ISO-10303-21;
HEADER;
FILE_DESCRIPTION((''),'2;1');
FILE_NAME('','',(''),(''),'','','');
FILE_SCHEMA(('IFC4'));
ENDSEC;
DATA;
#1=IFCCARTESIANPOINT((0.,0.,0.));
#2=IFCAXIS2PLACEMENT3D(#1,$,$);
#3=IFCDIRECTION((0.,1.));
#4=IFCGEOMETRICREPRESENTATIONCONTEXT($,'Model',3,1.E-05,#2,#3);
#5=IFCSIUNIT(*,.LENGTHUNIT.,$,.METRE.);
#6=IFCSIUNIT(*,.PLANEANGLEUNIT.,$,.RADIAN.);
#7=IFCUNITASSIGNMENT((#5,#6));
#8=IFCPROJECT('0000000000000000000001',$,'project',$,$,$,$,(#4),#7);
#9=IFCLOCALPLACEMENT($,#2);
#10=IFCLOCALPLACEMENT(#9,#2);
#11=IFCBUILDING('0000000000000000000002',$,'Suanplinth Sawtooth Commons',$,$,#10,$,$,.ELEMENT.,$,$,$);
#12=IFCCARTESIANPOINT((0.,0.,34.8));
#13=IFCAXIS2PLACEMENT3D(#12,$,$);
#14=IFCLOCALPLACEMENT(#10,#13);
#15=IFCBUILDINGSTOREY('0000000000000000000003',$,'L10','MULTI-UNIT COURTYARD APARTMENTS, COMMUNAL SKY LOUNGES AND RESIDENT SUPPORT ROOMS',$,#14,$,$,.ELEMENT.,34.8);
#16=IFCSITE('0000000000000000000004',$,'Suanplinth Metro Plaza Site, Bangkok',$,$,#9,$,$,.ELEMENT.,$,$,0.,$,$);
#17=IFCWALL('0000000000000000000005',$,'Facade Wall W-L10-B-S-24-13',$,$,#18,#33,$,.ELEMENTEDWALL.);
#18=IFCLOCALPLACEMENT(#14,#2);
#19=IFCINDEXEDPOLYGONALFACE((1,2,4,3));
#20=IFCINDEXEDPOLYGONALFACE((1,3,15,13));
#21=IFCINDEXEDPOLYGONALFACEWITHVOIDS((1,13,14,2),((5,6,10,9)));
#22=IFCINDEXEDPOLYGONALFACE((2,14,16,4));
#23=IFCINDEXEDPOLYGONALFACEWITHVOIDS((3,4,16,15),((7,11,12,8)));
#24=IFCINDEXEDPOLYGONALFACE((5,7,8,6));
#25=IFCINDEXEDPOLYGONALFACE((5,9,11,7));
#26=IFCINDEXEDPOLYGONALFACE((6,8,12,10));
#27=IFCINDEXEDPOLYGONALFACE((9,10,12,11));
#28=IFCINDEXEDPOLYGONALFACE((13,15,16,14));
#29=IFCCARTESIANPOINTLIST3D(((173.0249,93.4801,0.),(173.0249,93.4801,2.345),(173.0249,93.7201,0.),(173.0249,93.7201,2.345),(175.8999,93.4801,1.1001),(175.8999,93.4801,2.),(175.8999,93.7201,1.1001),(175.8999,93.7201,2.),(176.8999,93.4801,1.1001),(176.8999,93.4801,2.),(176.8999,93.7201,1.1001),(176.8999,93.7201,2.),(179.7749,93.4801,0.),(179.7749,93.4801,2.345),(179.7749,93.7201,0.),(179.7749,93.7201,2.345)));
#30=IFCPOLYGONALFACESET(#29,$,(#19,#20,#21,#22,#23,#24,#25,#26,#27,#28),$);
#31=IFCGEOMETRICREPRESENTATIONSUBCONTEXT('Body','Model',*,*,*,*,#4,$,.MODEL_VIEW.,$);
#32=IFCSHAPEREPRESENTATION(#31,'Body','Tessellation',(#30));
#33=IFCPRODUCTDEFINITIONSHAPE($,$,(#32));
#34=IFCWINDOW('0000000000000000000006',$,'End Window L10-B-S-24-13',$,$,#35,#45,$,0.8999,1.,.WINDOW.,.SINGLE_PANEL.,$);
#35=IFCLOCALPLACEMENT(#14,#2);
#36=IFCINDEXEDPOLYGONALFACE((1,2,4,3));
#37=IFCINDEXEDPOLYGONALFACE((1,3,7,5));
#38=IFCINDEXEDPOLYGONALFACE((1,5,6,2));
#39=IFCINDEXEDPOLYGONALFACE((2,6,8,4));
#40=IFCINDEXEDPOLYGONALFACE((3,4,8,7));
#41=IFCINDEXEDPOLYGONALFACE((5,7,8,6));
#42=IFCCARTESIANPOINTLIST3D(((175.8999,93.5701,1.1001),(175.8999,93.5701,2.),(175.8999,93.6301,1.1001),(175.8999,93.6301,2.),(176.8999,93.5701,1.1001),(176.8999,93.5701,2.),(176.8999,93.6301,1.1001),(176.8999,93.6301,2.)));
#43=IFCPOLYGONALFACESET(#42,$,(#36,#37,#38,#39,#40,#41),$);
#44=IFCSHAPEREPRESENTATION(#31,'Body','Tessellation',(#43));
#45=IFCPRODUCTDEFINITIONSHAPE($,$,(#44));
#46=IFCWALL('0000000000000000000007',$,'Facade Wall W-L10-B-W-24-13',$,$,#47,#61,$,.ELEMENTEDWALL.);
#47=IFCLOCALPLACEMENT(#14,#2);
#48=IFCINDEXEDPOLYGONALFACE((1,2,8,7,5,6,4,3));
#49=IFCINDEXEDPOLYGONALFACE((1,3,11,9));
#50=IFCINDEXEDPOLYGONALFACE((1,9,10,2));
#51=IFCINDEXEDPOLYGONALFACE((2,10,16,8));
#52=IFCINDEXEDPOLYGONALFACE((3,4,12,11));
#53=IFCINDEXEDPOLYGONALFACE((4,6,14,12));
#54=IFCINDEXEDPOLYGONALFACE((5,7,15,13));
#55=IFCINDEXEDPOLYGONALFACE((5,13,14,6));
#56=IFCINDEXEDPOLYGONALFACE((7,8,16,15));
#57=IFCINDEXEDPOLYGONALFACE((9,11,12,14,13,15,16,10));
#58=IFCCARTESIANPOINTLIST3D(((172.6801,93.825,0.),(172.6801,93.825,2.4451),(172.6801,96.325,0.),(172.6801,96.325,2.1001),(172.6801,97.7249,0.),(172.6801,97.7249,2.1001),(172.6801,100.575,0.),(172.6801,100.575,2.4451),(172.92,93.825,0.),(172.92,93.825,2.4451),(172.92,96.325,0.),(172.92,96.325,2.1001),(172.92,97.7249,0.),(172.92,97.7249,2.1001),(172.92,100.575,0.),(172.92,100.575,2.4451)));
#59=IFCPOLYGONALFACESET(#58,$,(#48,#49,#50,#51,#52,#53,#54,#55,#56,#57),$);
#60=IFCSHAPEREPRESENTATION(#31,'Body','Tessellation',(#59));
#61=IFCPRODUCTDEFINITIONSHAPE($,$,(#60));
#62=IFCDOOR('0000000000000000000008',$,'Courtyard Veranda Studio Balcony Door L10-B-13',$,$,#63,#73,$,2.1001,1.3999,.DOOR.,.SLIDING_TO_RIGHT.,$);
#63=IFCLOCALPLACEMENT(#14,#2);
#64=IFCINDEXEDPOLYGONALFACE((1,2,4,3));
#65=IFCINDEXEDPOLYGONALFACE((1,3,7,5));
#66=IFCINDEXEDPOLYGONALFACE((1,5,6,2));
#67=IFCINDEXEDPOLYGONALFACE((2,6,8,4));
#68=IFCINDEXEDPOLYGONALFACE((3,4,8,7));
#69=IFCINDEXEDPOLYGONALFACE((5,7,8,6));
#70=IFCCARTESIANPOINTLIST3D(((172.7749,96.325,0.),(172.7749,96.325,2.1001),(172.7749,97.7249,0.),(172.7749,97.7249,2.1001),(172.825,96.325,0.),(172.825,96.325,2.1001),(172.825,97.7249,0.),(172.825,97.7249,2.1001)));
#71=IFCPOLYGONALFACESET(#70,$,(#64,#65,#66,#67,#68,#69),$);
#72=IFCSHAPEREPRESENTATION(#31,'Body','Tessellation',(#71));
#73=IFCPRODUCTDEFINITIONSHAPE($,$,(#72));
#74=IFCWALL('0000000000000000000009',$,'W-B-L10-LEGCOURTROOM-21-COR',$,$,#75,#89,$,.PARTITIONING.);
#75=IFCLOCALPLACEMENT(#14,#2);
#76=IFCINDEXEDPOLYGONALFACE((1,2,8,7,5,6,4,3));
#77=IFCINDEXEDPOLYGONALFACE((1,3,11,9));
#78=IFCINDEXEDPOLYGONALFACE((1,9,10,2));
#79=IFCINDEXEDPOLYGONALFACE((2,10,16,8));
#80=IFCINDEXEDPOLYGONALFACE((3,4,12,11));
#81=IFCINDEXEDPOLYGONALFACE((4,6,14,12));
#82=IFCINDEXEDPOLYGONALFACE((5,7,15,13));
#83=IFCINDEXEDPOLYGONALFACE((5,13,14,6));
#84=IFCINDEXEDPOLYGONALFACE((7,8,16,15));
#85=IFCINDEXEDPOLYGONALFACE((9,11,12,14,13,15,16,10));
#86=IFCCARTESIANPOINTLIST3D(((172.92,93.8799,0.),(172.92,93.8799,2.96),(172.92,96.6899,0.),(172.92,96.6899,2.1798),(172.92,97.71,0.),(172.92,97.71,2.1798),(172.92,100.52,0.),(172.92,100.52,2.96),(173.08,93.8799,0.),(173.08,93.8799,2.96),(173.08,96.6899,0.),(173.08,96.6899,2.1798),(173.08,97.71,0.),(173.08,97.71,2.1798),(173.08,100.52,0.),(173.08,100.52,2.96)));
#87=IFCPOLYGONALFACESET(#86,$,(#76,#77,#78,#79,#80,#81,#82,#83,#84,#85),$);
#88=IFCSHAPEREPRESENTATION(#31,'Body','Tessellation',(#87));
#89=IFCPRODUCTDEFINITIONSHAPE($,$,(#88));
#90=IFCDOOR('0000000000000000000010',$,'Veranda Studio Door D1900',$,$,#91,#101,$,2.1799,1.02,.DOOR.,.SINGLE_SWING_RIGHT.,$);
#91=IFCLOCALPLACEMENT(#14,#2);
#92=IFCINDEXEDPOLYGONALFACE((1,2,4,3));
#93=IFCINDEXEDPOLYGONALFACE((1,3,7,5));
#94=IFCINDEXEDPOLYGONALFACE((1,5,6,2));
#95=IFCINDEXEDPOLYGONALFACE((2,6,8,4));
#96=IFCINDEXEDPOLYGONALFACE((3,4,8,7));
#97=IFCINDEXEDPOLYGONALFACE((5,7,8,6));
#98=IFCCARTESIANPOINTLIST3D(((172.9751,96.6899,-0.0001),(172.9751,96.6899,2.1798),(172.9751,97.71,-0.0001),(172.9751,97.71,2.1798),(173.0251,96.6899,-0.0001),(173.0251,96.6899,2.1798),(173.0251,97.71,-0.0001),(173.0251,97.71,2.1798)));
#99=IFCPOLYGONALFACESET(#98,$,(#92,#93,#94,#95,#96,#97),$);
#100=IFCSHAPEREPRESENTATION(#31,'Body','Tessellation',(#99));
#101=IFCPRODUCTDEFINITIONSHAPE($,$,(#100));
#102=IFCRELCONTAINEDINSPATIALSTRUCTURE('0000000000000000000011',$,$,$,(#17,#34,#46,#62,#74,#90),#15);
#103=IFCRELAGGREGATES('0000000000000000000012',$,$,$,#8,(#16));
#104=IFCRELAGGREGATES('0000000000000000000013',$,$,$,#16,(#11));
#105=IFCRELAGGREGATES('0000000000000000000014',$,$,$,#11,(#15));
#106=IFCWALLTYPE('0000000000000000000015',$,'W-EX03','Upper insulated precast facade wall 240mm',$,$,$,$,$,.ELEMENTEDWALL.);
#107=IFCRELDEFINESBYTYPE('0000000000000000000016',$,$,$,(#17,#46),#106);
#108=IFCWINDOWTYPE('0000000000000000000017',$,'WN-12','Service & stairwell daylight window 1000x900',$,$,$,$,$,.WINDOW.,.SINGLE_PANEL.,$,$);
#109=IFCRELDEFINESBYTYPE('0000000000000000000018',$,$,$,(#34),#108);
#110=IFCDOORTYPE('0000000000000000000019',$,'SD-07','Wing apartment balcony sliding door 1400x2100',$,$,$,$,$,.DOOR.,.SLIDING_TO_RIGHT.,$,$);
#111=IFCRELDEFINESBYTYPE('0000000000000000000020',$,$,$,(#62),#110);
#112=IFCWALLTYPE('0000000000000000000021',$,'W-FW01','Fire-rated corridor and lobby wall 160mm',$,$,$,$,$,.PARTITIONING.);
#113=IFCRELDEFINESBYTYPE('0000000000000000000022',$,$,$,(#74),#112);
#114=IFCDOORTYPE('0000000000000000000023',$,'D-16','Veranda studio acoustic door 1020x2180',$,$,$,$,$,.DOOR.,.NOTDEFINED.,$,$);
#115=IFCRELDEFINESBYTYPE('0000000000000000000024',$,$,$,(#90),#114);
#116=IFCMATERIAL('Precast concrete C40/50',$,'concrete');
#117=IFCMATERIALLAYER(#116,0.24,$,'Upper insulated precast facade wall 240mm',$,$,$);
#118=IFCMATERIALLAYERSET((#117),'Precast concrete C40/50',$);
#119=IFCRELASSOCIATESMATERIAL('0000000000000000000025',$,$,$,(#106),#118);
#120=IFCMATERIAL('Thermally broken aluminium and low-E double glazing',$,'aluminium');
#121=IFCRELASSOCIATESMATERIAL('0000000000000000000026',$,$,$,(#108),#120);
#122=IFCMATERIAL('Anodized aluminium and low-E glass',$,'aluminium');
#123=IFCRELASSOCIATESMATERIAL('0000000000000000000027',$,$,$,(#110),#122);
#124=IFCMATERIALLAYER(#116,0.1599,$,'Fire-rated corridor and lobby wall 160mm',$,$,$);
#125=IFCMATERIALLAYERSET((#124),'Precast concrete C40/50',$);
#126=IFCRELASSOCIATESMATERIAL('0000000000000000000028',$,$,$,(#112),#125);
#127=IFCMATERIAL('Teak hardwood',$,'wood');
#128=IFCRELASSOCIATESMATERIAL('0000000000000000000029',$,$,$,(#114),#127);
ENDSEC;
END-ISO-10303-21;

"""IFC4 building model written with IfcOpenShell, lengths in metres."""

from ifc_helpers import new_model, si_unit, direction, frame, frame_2d, origin, place, context, subcontext, project, spatial, rectangle, extrude, material, layer, layer_set, type_object, element, fill, save


model = new_model("IFC4")

# Units and contexts
model_context = context("Model", 3, precision=1e-05, world=origin(), true_north=direction((0.0, 1.0)))
body_context = subcontext(model_context, "Body", "Model", "MODEL_VIEW")
ifc_project = project(units=[si_unit("LENGTHUNIT", "METRE"), si_unit("PLANEANGLEUNIT", "RADIAN")], contexts=[model_context])

# Site, building, storey
site_placement = place(None, origin())
site = spatial("IfcSite", under=ifc_project, at=site_placement, Name="Suanplinth Metro Plaza Site, Bangkok", CompositionType="ELEMENT", RefElevation=0.0)
building_placement = place(site_placement, origin())
building = spatial("IfcBuilding", under=site, at=building_placement, Name="Suanplinth Sawtooth Commons", CompositionType="ELEMENT")
storey_placement = place(building_placement, frame((0.0, 0.0, 34.8)))
storey = spatial("IfcBuildingStorey", under=building, at=storey_placement, Name="L10", Description="MULTI-UNIT COURTYARD APARTMENTS, COMMUNAL SKY LOUNGES AND RESIDENT SUPPORT ROOMS", CompositionType="ELEMENT", Elevation=34.8)

# Shared definitions
ifc_material_1 = material(Name="Precast concrete C40/50", Category="concrete")

# Wall, opening, window
ifc_layer_1 = layer(ifc_material_1, 0.24, Name="Upper insulated precast facade wall 240mm")
ifc_layer_set_1 = layer_set([ifc_layer_1], Name="Precast concrete C40/50")
wall_type_1 = type_object("IfcWallType", Name="W-EX03", Description="Upper insulated precast facade wall 240mm", PredefinedType="ELEMENTEDWALL", material=ifc_layer_set_1)
wall_1_placement = place(storey_placement, frame((173.0249, 93.6001, 0.0), z_axis=(0.0, 0.0, 1.0), x_axis=(1.0, 0.0, 0.0)))
wall_1 = element("IfcWall", 1, at=wall_1_placement, inside=storey, type_object=wall_type_1, Name="Facade Wall W-L10-B-S-24-13", PredefinedType="ELEMENTEDWALL", context=body_context, shape_type="SweptSolid", body=[
    extrude(rectangle(XDim=6.75, YDim=0.24, at=frame_2d((3.375, 0.0))), origin(), (0.0, 0.0, 1.0), 2.345),
])
opening_1_placement = place(wall_1_placement, frame((2.875, 0.0, 1.1001)))
opening_1 = element("IfcOpeningElement", 2, at=opening_1_placement, cuts=wall_1, PredefinedType="OPENING", context=body_context, shape_type="SweptSolid", body=[
    extrude(rectangle(XDim=1.0, YDim=0.8999, at=frame_2d((0.5, 0.45))), frame((0.0, 0.1348, 0.0), z_axis=(0.0, -1.0, 0.0), x_axis=(1.0, 0.0, 0.0)), (0.0, 0.0, 1.0), 0.2698),
])
ifc_material_2 = material(Name="Thermally broken aluminium and low-E double glazing", Category="aluminium")
window_type = type_object("IfcWindowType", Name="WN-12", Description="Service & stairwell daylight window 1000x900", PartitioningType="SINGLE_PANEL", PredefinedType="WINDOW", material=ifc_material_2)
window_placement = place(opening_1_placement, origin())
window = element("IfcWindow", 3, at=window_placement, inside=storey, type_object=window_type, Name="End Window L10-B-S-24-13", OverallHeight=0.8999, OverallWidth=1.0, PartitioningType="SINGLE_PANEL", PredefinedType="WINDOW", context=body_context, shape_type="SweptSolid", body=[
    extrude(rectangle(XDim=1.0, YDim=0.8999, at=frame_2d((0.5, 0.45))), frame((0.0, 0.03, 0.0), z_axis=(0.0, -1.0, 0.0), x_axis=(1.0, 0.0, 0.0)), (0.0, 0.0, 1.0), 0.0601),
])
fill(opening_1, window)

# Walls, openings, doors
wall_2_placement = place(storey_placement, frame((172.8, 93.825, 0.0), z_axis=(0.0, 0.0, 1.0), x_axis=(0.0, 1.0, 0.0)))
wall_2 = element("IfcWall", 4, at=wall_2_placement, inside=storey, type_object=wall_type_1, Name="Facade Wall W-L10-B-W-24-13", PredefinedType="ELEMENTEDWALL", context=body_context, shape_type="SweptSolid", body=[
    extrude(rectangle(XDim=6.75, YDim=0.24, at=frame_2d((3.375, 0.0))), origin(), (0.0, 0.0, 1.0), 2.4451),
])
opening_2_placement = place(wall_2_placement, frame((2.5, 0.0, 0.0)))
opening_2 = element("IfcOpeningElement", 5, at=opening_2_placement, cuts=wall_2, PredefinedType="OPENING", context=body_context, shape_type="SweptSolid", body=[
    extrude(rectangle(XDim=1.3999, YDim=2.1001, at=frame_2d((0.7, 1.05))), frame((0.0, 0.1348, 0.0), z_axis=(0.0, -1.0, 0.0), x_axis=(1.0, 0.0, 0.0)), (0.0, 0.0, 1.0), 0.2698),
])
ifc_material_3 = material(Name="Anodized aluminium and low-E glass", Category="aluminium")
door_type_1 = type_object("IfcDoorType", Name="SD-07", Description="Wing apartment balcony sliding door 1400x2100", OperationType="SLIDING_TO_RIGHT", PredefinedType="DOOR", material=ifc_material_3)
door_1_placement = place(opening_2_placement, frame((1.3999, 0.0, 0.0), z_axis=(0.0, 0.0, 1.0), x_axis=(-1.0, 0.0, 0.0)))
door_1 = element("IfcDoor", 6, at=door_1_placement, inside=storey, type_object=door_type_1, Name="Courtyard Veranda Studio Balcony Door L10-B-13", OperationType="SLIDING_TO_RIGHT", OverallHeight=2.1001, OverallWidth=1.3999, PredefinedType="DOOR", context=body_context, shape_type="SweptSolid", body=[
    extrude(rectangle(XDim=1.3999, YDim=2.1001, at=frame_2d((0.7, 1.05))), frame((0.0, 0.0249, 0.0), z_axis=(0.0, -1.0, 0.0), x_axis=(1.0, 0.0, 0.0)), (0.0, 0.0, 1.0), 0.05),
])
fill(opening_2, door_1)
ifc_layer_2 = layer(ifc_material_1, 0.1599, Name="Fire-rated corridor and lobby wall 160mm")
ifc_layer_set_2 = layer_set([ifc_layer_2], Name="Precast concrete C40/50")
wall_type_2 = type_object("IfcWallType", Name="W-FW01", Description="Fire-rated corridor and lobby wall 160mm", PredefinedType="PARTITIONING", material=ifc_layer_set_2)
wall_3_placement = place(storey_placement, frame((173.0, 93.8799, 0.0), z_axis=(0.0, 0.0, 1.0), x_axis=(0.0, 1.0, 0.0)))
wall_3 = element("IfcWall", 7, at=wall_3_placement, inside=storey, type_object=wall_type_2, Name="W-B-L10-LEGCOURTROOM-21-COR", PredefinedType="PARTITIONING", context=body_context, shape_type="SweptSolid", body=[
    extrude(rectangle(XDim=6.6401, YDim=0.1599, at=frame_2d((3.3201, 0.0))), origin(), (0.0, 0.0, 1.0), 2.96),
])
opening_3_placement = place(wall_3_placement, frame((2.8101, 0.0, 0.0)))
opening_3 = element("IfcOpeningElement", 8, at=opening_3_placement, cuts=wall_3, PredefinedType="OPENING", context=body_context, shape_type="SweptSolid", body=[
    extrude(rectangle(XDim=1.02, YDim=2.1799, at=frame_2d((0.51, 1.0898))), frame((0.0, 0.0947, 0.0), z_axis=(0.0, -1.0, 0.0), x_axis=(1.0, 0.0, 0.0)), (0.0, 0.0, 1.0), 0.1897),
])
ifc_material_4 = material(Name="Teak hardwood", Category="wood")
door_type_2 = type_object("IfcDoorType", Name="D-16", Description="Veranda studio acoustic door 1020x2180", OperationType="NOTDEFINED", PredefinedType="DOOR", material=ifc_material_4)
door_2_placement = place(opening_3_placement, origin())
door_2 = element("IfcDoor", 9, at=door_2_placement, inside=storey, type_object=door_type_2, Name="Veranda Studio Door D1900", OperationType="SINGLE_SWING_RIGHT", OverallHeight=2.1799, OverallWidth=1.02, PredefinedType="DOOR", context=body_context, shape_type="SweptSolid", body=[
    extrude(rectangle(XDim=1.02, YDim=2.1799, at=frame_2d((0.51, 1.0898))), frame((0.0, 0.0249, 0.0), z_axis=(0.0, -1.0, 0.0), x_axis=(1.0, 0.0, 0.0)), (0.0, 0.0, 1.0), 0.05),
])
fill(opening_3, door_2)

save(model, "model.ifc")
